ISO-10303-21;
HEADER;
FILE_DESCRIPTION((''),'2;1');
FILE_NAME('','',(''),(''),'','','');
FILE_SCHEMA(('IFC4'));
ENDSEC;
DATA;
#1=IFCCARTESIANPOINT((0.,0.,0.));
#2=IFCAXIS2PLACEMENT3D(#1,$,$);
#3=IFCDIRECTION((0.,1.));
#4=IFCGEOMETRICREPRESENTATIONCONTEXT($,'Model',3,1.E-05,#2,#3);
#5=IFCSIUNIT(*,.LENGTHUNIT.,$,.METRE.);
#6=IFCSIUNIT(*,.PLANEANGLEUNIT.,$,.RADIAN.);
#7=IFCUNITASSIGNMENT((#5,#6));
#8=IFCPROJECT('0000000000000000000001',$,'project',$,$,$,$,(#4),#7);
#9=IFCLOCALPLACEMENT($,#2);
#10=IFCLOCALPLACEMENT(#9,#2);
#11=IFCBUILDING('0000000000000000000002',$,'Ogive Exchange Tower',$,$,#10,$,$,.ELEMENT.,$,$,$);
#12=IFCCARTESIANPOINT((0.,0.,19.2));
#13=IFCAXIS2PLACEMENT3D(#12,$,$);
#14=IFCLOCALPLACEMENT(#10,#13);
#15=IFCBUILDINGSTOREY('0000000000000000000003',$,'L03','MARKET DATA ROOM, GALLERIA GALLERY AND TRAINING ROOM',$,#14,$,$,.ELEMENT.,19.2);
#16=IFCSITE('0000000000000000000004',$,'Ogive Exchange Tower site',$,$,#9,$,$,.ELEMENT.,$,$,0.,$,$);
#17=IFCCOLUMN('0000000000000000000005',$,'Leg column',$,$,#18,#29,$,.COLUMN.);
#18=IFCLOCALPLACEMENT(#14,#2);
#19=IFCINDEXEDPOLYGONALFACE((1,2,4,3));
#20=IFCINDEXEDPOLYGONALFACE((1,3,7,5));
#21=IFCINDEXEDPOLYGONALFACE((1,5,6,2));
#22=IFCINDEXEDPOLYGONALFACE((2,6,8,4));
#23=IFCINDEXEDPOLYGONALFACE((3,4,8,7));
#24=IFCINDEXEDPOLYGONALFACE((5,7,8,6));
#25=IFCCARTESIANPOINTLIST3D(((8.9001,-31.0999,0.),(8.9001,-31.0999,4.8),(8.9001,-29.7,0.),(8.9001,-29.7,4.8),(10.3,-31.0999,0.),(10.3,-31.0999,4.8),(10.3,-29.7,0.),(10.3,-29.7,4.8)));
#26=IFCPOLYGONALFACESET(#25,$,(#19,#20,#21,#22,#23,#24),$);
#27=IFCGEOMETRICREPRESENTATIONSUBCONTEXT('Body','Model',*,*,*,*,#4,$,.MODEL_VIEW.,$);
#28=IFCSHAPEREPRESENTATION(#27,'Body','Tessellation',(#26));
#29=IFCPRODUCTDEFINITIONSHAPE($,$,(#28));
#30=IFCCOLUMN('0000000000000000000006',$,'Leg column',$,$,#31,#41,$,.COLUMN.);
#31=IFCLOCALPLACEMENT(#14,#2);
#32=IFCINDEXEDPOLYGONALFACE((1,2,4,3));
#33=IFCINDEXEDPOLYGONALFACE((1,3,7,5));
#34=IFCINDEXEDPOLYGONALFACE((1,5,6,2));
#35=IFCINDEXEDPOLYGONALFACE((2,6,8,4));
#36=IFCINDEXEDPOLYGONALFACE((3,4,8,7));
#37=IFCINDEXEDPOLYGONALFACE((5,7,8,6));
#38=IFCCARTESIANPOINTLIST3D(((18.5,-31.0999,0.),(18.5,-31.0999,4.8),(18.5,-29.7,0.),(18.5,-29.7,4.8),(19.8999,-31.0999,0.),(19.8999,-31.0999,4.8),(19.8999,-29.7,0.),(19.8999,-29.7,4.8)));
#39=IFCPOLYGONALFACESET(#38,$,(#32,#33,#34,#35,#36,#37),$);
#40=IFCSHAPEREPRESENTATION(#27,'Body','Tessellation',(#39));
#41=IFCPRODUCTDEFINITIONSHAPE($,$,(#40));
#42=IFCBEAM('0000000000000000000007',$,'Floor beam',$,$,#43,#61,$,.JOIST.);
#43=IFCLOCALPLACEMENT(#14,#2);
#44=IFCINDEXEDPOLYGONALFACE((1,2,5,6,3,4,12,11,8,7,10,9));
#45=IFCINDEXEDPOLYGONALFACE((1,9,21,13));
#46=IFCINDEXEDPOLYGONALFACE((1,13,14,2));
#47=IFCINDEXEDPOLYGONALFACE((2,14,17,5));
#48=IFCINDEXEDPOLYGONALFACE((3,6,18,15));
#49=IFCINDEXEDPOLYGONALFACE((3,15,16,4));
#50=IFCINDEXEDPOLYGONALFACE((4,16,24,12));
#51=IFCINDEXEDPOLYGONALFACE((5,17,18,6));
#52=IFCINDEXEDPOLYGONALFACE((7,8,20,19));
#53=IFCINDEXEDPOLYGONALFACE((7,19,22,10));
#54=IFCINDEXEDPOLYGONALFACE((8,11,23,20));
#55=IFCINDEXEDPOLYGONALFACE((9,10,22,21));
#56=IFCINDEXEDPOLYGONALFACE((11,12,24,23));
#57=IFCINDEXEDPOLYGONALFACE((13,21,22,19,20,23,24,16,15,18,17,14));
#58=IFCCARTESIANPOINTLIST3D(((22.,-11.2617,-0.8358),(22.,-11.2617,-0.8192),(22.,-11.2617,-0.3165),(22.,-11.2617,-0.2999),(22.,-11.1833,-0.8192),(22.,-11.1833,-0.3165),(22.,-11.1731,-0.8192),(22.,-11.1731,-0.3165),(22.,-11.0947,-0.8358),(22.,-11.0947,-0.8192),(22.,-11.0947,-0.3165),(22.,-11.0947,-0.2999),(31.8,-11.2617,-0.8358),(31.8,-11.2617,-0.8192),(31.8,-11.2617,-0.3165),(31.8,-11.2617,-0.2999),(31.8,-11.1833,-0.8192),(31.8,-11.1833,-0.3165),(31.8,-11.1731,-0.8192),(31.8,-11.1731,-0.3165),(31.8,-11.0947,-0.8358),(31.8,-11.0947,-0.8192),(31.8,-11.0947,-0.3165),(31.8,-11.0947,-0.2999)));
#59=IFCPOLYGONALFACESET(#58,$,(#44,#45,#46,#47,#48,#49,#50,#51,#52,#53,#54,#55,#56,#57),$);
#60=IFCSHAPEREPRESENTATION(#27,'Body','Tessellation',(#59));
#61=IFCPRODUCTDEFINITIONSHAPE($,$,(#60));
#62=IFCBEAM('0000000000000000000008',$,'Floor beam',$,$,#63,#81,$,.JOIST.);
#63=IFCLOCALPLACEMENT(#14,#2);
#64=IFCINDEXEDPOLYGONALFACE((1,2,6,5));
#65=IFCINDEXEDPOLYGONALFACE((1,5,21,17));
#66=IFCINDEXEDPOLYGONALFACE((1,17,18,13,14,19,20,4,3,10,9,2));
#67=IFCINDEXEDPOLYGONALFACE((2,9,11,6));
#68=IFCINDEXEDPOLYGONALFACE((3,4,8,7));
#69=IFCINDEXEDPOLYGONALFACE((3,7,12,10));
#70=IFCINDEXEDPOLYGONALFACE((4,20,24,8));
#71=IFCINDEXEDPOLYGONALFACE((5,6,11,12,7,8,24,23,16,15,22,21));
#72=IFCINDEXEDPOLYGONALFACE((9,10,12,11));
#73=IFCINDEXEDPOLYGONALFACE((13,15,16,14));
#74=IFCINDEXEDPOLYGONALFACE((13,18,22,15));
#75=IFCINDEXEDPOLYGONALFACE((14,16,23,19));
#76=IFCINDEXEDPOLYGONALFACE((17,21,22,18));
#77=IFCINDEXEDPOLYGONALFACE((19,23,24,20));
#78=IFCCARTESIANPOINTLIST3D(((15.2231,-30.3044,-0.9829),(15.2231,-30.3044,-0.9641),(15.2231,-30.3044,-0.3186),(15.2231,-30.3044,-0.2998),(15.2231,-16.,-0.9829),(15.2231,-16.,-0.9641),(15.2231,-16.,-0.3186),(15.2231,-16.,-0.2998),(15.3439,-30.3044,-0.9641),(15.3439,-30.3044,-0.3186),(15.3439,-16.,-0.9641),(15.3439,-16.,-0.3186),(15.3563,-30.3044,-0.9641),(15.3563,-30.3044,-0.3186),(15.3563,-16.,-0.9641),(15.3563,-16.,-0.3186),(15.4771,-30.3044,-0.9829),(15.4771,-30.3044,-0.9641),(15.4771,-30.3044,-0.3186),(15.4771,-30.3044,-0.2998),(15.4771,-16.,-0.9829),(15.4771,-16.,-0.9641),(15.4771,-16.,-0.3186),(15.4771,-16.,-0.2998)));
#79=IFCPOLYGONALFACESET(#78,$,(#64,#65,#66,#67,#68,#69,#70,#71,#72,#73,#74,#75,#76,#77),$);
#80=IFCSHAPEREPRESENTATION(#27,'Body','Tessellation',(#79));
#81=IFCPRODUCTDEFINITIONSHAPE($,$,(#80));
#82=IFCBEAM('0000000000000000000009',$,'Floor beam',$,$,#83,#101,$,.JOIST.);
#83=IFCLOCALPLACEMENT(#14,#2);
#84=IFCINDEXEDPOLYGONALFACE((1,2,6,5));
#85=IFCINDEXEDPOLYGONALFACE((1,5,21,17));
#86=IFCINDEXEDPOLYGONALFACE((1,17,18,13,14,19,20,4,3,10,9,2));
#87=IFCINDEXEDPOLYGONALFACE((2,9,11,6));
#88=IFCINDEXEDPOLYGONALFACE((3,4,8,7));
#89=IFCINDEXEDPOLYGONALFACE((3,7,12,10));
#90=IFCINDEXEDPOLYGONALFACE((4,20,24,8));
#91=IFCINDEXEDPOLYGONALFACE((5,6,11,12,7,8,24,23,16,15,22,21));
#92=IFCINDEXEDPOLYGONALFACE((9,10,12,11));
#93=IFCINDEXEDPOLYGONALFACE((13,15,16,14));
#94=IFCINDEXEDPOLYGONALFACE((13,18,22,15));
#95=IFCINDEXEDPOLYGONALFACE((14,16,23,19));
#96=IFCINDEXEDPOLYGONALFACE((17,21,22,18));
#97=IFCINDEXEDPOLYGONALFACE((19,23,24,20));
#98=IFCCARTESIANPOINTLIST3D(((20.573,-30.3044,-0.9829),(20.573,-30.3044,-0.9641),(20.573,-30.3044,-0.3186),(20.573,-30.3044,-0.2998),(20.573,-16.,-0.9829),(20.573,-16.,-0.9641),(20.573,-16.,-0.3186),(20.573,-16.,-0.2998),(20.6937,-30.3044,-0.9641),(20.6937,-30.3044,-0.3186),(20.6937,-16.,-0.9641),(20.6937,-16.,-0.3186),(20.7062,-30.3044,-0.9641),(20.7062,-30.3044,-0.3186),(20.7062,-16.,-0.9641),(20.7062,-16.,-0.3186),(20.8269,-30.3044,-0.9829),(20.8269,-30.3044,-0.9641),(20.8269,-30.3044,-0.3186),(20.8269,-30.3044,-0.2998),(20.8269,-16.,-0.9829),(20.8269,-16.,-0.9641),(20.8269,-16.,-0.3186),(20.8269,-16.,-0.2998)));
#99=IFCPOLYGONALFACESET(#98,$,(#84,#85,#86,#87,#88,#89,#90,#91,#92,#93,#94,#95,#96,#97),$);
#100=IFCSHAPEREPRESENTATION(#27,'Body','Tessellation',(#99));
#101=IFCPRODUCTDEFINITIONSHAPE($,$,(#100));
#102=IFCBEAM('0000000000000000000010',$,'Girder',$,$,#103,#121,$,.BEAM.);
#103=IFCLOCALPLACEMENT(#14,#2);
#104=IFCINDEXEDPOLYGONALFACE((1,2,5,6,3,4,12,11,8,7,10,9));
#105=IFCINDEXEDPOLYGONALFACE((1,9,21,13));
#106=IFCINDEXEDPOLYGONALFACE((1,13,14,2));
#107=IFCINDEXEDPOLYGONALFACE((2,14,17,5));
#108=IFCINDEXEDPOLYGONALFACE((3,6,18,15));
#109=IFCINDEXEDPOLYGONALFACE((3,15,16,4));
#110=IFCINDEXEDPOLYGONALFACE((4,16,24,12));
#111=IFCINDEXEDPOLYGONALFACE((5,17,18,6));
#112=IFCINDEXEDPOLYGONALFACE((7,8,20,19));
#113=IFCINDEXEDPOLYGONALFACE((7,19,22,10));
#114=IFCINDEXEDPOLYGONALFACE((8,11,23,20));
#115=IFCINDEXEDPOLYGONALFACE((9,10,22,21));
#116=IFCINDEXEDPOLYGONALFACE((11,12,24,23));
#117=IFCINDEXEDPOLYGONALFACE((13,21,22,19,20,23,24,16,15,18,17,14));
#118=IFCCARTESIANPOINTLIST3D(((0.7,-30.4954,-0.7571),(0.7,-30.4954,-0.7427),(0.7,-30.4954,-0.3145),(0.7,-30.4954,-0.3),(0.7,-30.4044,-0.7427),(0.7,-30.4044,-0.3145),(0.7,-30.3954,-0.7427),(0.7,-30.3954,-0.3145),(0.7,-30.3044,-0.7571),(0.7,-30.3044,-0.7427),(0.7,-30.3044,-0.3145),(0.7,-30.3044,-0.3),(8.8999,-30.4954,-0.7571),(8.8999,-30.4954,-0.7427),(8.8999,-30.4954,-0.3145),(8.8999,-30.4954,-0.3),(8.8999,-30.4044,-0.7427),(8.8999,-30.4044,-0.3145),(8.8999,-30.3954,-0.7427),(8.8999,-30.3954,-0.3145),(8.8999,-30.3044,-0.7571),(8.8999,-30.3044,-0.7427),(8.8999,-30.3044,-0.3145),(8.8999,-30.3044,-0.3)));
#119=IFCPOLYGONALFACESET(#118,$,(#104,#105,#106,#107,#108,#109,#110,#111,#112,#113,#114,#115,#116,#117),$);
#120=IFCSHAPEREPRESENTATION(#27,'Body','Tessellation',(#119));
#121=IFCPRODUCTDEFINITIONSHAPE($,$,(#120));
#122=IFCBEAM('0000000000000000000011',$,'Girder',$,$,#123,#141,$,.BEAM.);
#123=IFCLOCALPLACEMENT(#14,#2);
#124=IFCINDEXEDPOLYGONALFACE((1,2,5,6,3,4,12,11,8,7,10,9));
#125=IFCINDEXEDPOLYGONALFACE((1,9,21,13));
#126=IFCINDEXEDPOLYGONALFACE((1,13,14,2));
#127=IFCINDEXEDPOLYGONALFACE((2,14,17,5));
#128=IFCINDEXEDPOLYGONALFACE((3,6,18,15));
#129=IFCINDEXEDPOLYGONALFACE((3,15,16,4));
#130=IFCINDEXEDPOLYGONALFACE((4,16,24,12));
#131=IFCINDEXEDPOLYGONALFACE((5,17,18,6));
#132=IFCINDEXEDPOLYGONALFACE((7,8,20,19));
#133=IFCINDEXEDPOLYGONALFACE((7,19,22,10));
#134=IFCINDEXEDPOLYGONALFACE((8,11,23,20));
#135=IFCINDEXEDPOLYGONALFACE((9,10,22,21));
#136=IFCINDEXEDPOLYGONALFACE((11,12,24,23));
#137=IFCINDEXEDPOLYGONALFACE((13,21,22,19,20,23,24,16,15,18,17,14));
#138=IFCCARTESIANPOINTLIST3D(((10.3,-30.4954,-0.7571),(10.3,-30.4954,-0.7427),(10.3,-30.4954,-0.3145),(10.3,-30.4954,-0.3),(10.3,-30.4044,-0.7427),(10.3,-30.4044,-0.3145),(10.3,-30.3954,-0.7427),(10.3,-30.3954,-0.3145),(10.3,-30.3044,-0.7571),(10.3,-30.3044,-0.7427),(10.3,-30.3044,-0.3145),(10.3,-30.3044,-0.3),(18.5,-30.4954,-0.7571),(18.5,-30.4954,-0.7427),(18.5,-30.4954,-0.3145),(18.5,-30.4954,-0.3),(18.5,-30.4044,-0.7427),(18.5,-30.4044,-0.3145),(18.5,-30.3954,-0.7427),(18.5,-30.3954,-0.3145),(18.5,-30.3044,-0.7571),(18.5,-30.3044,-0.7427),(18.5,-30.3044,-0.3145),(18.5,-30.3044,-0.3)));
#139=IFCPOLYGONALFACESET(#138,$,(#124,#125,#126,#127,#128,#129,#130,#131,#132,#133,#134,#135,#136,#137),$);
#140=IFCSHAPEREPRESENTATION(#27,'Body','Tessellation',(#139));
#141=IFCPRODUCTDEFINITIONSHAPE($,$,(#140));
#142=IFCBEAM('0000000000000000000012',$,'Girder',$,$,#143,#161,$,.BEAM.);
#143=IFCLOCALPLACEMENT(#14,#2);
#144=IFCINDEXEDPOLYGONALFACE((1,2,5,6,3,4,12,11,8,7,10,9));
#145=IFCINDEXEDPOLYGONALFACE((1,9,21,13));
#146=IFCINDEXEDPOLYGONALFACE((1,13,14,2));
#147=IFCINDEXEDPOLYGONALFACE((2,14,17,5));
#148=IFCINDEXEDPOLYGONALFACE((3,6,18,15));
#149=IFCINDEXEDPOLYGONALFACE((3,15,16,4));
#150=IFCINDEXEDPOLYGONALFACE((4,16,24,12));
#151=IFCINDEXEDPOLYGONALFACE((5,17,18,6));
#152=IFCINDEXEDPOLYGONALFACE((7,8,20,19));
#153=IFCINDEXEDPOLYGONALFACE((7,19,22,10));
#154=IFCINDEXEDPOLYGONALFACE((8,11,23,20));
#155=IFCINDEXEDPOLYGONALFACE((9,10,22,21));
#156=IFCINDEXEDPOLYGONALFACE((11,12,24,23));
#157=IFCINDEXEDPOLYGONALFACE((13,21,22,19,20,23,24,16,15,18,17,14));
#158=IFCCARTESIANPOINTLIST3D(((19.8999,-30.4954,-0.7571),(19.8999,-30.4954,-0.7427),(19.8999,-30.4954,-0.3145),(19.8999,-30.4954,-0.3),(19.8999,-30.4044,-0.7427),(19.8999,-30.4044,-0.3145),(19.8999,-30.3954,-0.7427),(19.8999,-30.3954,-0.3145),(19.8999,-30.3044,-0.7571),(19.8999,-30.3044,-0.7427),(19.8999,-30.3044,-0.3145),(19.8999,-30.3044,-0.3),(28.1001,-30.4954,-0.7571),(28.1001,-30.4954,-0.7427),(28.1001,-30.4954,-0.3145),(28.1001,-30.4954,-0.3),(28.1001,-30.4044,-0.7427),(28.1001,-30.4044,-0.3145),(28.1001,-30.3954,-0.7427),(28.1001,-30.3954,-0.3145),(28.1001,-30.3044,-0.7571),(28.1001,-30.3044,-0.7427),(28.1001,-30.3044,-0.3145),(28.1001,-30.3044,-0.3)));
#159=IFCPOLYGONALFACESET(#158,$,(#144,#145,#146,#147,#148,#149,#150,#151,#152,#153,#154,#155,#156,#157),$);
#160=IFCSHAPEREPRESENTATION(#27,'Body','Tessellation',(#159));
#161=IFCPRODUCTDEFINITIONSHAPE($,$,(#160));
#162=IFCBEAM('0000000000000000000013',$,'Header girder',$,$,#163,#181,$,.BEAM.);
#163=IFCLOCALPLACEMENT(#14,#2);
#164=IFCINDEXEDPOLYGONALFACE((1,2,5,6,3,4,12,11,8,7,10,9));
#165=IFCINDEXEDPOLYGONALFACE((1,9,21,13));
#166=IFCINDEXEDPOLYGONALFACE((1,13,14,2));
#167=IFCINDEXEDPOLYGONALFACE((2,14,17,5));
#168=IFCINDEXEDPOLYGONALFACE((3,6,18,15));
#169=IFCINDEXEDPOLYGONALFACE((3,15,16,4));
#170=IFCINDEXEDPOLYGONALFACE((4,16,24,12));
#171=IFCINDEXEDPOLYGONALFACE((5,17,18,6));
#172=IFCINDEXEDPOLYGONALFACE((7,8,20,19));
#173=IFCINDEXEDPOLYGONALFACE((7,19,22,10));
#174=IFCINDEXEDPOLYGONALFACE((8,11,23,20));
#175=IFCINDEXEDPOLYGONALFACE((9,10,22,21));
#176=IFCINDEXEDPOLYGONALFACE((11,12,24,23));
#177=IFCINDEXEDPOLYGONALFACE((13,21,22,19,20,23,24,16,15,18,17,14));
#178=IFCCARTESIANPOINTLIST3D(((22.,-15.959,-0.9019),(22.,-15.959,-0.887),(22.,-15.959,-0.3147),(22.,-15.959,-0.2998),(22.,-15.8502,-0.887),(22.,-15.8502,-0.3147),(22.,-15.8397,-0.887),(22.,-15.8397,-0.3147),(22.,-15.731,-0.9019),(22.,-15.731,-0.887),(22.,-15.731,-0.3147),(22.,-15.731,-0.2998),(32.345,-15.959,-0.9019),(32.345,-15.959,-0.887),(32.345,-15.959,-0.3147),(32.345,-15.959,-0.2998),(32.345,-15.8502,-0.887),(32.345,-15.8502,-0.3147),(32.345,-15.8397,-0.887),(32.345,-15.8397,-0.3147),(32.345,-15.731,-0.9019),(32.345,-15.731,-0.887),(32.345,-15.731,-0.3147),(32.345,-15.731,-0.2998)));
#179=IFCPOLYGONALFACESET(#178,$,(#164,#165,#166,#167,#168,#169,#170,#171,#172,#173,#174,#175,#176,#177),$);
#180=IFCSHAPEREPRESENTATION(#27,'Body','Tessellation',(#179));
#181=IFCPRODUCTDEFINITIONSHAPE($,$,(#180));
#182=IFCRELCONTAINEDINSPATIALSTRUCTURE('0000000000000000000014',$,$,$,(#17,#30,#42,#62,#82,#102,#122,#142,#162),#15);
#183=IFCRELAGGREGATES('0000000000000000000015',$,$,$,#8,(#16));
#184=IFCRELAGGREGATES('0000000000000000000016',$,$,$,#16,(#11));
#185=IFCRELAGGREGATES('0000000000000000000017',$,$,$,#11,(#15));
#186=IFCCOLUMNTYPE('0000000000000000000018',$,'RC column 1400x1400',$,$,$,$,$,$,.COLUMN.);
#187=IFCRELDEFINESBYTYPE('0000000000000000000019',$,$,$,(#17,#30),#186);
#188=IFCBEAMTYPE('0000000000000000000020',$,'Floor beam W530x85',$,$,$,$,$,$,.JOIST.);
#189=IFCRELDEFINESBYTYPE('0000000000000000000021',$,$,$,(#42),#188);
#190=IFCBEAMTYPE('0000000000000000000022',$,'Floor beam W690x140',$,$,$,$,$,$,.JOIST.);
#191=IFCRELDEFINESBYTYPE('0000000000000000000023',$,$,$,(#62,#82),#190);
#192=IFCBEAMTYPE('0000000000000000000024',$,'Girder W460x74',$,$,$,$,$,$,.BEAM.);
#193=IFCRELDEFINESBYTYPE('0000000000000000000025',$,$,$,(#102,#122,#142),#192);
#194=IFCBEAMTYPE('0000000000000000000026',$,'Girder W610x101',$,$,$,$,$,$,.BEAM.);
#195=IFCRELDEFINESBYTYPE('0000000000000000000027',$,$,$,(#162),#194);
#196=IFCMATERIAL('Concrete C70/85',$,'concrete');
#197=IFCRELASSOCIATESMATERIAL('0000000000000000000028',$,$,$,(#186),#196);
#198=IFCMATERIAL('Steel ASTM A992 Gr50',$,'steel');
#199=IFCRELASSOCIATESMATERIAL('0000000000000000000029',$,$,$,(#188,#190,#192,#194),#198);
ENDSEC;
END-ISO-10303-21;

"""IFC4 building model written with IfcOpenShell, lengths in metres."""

from ifc_helpers import new_model, si_unit, direction, frame, origin, origin_2d, place, context, subcontext, project, spatial, rectangle, i_section, extrude, material, material_profile, profile_set, type_object, element, save


model = new_model("IFC4")

# Units and contexts
model_context = context("Model", 3, precision=1e-05, world=origin(), true_north=direction((0.0, 1.0)))
body_context = subcontext(model_context, "Body", "Model", "MODEL_VIEW")
ifc_project = project(units=[si_unit("LENGTHUNIT", "METRE"), si_unit("PLANEANGLEUNIT", "RADIAN")], contexts=[model_context])

# Site, building, storey
site_placement = place(None, origin())
site = spatial("IfcSite", under=ifc_project, at=site_placement, Name="Ogive Exchange Tower site", CompositionType="ELEMENT", RefElevation=0.0)
building_placement = place(site_placement, origin())
building = spatial("IfcBuilding", under=site, at=building_placement, Name="Ogive Exchange Tower", CompositionType="ELEMENT")
storey_placement = place(building_placement, frame((0.0, 0.0, 19.2)))
storey = spatial("IfcBuildingStorey", under=building, at=storey_placement, Name="L03", Description="MARKET DATA ROOM, GALLERIA GALLERY AND TRAINING ROOM", CompositionType="ELEMENT", Elevation=19.2)

# Columns
ifc_material_1 = material(Name="Concrete C70/85", Category="concrete")
ifc_material_profile_1 = material_profile(ifc_material_1, rectangle(XDim=1.3999, YDim=1.3999, at=origin_2d()), Name="RC 1400x1400")
ifc_profile_set_1 = profile_set([ifc_material_profile_1], Name="Concrete C70/85")
column_type = type_object("IfcColumnType", Name="RC column 1400x1400", PredefinedType="COLUMN", material=ifc_profile_set_1)
for number, where, z_axis, x_axis, name in (
    (1, (9.6001, -30.3999, 0.0), (0.0, 0.0, 1.0), (1.0, 0.0, 0.0), "Leg column"),
    (2, (19.2, -30.3999, 0.0), (0.0, 0.0, 1.0), (1.0, 0.0, 0.0), "Leg column"),
):
    element("IfcColumn", number, at=place(storey_placement, frame(where, z_axis=z_axis, x_axis=x_axis)), inside=storey, type_object=column_type, Name=name, PredefinedType="COLUMN", context=body_context, shape_type="SweptSolid", body=[
        extrude(rectangle(XDim=1.3999, YDim=1.3999, at=origin_2d()), origin(), (0.0, 0.0, 1.0), 4.8),
    ])

# Beams
ifc_material_2 = material(Name="Steel ASTM A992 Gr50", Category="steel")
ifc_material_profile_2 = material_profile(ifc_material_2, i_section(OverallWidth=0.167, OverallDepth=0.5359, WebThickness=0.0103, FlangeThickness=0.0166, at=origin_2d()), Name="W530x85")
ifc_profile_set_2 = profile_set([ifc_material_profile_2], Name="Steel ASTM A992 Gr50")
beam_type_1 = type_object("IfcBeamType", Name="Floor beam W530x85", PredefinedType="JOIST", material=ifc_profile_set_2)
beam_1_placement = place(storey_placement, frame((22.0, -11.1782, -0.5679), z_axis=(1.0, 0.0, 0.0), x_axis=(0.0, 1.0, 0.0)))
element("IfcBeam", 3, at=beam_1_placement, inside=storey, type_object=beam_type_1, Name="Floor beam", PredefinedType="JOIST", context=body_context, shape_type="SweptSolid", body=[
    extrude(i_section(OverallWidth=0.167, OverallDepth=0.5359, WebThickness=0.0103, FlangeThickness=0.0166, at=origin_2d()), origin(), (0.0, 0.0, 1.0), 9.8),
])
ifc_material_profile_3 = material_profile(ifc_material_2, i_section(OverallWidth=0.2539, OverallDepth=0.6831, WebThickness=0.0125, FlangeThickness=0.0188, at=origin_2d()), Name="W690x140")
ifc_profile_set_3 = profile_set([ifc_material_profile_3], Name="Steel ASTM A992 Gr50")
beam_type_2 = type_object("IfcBeamType", Name="Floor beam W690x140", PredefinedType="JOIST", material=ifc_profile_set_3)
for number, where, z_axis, x_axis, name in (
    (4, (15.3501, -30.3044, -0.6414), (0.0, 1.0, 0.0), (-1.0, 0.0, 0.0), "Floor beam"),
    (5, (20.7, -30.3044, -0.6414), (0.0, 1.0, 0.0), (-1.0, 0.0, 0.0), "Floor beam"),
):
    element("IfcBeam", number, at=place(storey_placement, frame(where, z_axis=z_axis, x_axis=x_axis)), inside=storey, type_object=beam_type_2, Name=name, PredefinedType="JOIST", context=body_context, shape_type="SweptSolid", body=[
        extrude(i_section(OverallWidth=0.2539, OverallDepth=0.6831, WebThickness=0.0125, FlangeThickness=0.0188, at=origin_2d()), origin(), (0.0, 0.0, 1.0), 14.3044),
    ])
ifc_material_profile_4 = material_profile(ifc_material_2, i_section(OverallWidth=0.1909, OverallDepth=0.457, WebThickness=0.009, FlangeThickness=0.0144, at=origin_2d()), Name="W460x74")
ifc_profile_set_4 = profile_set([ifc_material_profile_4], Name="Steel ASTM A992 Gr50")
beam_type_3 = type_object("IfcBeamType", Name="Girder W460x74", PredefinedType="BEAM", material=ifc_profile_set_4)
for number, where, z_axis, x_axis, name in (
    (6, (0.7, -30.3999, -0.5286), (1.0, 0.0, 0.0), (0.0, 1.0, 0.0), "Girder"),
    (7, (10.3, -30.3999, -0.5286), (1.0, 0.0, 0.0), (0.0, 1.0, 0.0), "Girder"),
):
    element("IfcBeam", number, at=place(storey_placement, frame(where, z_axis=z_axis, x_axis=x_axis)), inside=storey, type_object=beam_type_3, Name=name, PredefinedType="BEAM", context=body_context, shape_type="SweptSolid", body=[
        extrude(i_section(OverallWidth=0.1909, OverallDepth=0.457, WebThickness=0.009, FlangeThickness=0.0144, at=origin_2d()), origin(), (0.0, 0.0, 1.0), 8.2),
    ])
beam_2_placement = place(storey_placement, frame((19.8999, -30.3999, -0.5286), z_axis=(1.0, 0.0, 0.0), x_axis=(0.0, 1.0, 0.0)))
element("IfcBeam", 8, at=beam_2_placement, inside=storey, type_object=beam_type_3, Name="Girder", PredefinedType="BEAM", context=body_context, shape_type="SweptSolid", body=[
    extrude(i_section(OverallWidth=0.1909, OverallDepth=0.457, WebThickness=0.009, FlangeThickness=0.0144, at=origin_2d()), origin(), (0.0, 0.0, 1.0), 8.2002),
])
ifc_material_profile_5 = material_profile(ifc_material_2, i_section(OverallWidth=0.228, OverallDepth=0.6021, WebThickness=0.0105, FlangeThickness=0.0149, at=origin_2d()), Name="W610x101")
ifc_profile_set_5 = profile_set([ifc_material_profile_5], Name="Steel ASTM A992 Gr50")
beam_type_4 = type_object("IfcBeamType", Name="Girder W610x101", PredefinedType="BEAM", material=ifc_profile_set_5)
beam_3_placement = place(storey_placement, frame((22.0, -15.845, -0.6008), z_axis=(1.0, 0.0, 0.0), x_axis=(0.0, 1.0, 0.0)))
element("IfcBeam", 9, at=beam_3_placement, inside=storey, type_object=beam_type_4, Name="Header girder", PredefinedType="BEAM", context=body_context, shape_type="SweptSolid", body=[
    extrude(i_section(OverallWidth=0.228, OverallDepth=0.6021, WebThickness=0.0105, FlangeThickness=0.0149, at=origin_2d()), origin(), (0.0, 0.0, 1.0), 10.345),
])

save(model, "model.ifc")
